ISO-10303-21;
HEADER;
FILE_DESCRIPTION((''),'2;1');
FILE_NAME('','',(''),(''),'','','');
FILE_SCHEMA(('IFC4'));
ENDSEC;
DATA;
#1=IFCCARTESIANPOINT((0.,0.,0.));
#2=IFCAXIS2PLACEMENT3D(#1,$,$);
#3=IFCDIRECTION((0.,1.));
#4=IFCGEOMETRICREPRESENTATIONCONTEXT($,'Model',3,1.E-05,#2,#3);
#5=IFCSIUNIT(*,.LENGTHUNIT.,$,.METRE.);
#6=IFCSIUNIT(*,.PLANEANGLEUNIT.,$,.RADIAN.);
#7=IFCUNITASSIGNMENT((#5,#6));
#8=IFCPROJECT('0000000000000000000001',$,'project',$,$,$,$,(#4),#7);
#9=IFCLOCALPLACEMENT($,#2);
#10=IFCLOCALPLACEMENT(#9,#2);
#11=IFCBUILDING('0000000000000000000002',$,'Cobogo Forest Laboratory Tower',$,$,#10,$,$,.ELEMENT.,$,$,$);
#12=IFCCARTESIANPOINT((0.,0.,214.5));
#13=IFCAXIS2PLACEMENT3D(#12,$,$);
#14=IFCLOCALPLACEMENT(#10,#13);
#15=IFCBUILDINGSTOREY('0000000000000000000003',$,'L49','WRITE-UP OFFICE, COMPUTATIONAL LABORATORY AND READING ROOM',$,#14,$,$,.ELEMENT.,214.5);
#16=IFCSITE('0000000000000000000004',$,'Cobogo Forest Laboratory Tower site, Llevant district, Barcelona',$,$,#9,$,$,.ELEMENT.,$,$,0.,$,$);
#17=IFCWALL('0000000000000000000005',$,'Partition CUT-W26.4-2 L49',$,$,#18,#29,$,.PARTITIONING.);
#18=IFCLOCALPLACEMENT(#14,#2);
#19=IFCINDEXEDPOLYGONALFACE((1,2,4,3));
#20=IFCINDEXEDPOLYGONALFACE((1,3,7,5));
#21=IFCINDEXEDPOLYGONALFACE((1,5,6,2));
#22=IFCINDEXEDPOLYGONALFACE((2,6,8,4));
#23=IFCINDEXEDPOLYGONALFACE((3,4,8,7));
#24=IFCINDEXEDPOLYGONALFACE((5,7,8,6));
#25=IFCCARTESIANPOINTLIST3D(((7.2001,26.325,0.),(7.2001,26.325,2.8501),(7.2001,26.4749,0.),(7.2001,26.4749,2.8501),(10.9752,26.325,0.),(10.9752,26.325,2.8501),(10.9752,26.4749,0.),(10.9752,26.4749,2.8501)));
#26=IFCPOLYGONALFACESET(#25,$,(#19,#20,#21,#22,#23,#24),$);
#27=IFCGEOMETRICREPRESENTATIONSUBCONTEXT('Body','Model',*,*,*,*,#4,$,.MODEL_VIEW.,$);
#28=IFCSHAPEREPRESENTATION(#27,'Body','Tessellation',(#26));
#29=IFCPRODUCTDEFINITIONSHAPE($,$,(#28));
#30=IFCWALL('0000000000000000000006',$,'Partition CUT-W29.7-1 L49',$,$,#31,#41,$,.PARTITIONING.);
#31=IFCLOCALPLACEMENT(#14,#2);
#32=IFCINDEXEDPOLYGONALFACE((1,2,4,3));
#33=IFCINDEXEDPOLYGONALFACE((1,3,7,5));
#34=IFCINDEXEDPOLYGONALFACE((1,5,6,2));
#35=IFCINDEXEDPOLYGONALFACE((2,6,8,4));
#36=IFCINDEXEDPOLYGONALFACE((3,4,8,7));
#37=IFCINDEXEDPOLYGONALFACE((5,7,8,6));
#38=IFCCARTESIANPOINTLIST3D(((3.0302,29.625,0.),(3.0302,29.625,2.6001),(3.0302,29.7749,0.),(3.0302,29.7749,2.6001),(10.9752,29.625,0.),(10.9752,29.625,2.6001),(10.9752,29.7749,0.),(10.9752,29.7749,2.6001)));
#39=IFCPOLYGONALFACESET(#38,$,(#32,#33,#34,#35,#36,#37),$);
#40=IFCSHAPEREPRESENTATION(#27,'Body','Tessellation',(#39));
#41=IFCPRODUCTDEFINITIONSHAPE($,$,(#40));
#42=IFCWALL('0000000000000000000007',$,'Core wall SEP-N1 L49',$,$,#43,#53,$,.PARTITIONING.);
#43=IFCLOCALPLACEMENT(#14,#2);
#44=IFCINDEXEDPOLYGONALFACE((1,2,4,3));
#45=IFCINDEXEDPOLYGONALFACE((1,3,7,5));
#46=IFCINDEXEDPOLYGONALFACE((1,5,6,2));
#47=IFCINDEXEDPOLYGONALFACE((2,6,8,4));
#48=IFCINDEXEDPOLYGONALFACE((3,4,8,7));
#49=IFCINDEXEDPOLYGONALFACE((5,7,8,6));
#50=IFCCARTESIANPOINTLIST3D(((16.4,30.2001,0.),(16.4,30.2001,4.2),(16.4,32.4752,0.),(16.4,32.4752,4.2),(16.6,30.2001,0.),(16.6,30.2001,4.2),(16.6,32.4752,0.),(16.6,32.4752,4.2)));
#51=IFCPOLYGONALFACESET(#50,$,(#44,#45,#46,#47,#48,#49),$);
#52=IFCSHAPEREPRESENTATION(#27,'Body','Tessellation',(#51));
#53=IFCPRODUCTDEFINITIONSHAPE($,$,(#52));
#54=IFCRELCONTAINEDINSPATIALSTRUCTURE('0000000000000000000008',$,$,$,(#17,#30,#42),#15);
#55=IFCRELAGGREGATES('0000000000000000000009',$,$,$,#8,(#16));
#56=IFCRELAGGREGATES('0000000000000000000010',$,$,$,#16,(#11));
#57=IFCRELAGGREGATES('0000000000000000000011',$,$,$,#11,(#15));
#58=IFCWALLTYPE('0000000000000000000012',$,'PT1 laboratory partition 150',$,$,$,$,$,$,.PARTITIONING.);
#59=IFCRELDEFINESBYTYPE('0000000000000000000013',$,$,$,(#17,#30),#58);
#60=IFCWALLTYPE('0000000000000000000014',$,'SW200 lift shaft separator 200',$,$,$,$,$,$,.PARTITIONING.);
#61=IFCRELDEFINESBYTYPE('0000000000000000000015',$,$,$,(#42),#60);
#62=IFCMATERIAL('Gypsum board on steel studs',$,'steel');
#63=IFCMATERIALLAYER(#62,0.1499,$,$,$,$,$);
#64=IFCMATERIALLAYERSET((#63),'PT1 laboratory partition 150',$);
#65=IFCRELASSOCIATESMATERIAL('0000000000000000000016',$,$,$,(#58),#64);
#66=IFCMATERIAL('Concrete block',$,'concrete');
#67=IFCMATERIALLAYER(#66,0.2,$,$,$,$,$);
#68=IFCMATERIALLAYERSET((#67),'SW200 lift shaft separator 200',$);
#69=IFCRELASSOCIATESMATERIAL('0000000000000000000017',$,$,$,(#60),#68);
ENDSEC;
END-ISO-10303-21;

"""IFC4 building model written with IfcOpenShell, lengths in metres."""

from ifc_helpers import new_model, si_unit, direction, frame, frame_2d, origin, place, context, subcontext, project, spatial, rectangle, extrude, material, layer, layer_set, type_object, element, save


model = new_model("IFC4")

# Units and contexts
model_context = context("Model", 3, precision=1e-05, world=origin(), true_north=direction((0.0, 1.0)))
body_context = subcontext(model_context, "Body", "Model", "MODEL_VIEW")
ifc_project = project(units=[si_unit("LENGTHUNIT", "METRE"), si_unit("PLANEANGLEUNIT", "RADIAN")], contexts=[model_context])

# Site, building, storey
site_placement = place(None, origin())
site = spatial("IfcSite", under=ifc_project, at=site_placement, Name="Cobogo Forest Laboratory Tower site, Llevant district, Barcelona", CompositionType="ELEMENT", RefElevation=0.0)
building_placement = place(site_placement, origin())
building = spatial("IfcBuilding", under=site, at=building_placement, Name="Cobogo Forest Laboratory Tower", CompositionType="ELEMENT")
storey_placement = place(building_placement, frame((0.0, 0.0, 214.5)))
storey = spatial("IfcBuildingStorey", under=building, at=storey_placement, Name="L49", Description="WRITE-UP OFFICE, COMPUTATIONAL LABORATORY AND READING ROOM", CompositionType="ELEMENT", Elevation=214.5)

# Walls
ifc_material_1 = material(Name="Gypsum board on steel studs", Category="steel")
ifc_layer_1 = layer(ifc_material_1, 0.1499)
ifc_layer_set_1 = layer_set([ifc_layer_1], Name="PT1 laboratory partition 150")
wall_type_1 = type_object("IfcWallType", Name="PT1 laboratory partition 150", PredefinedType="PARTITIONING", material=ifc_layer_set_1)
wall_1_placement = place(storey_placement, frame((7.2, 26.3999, 0.0), z_axis=(0.0, 0.0, 1.0), x_axis=(1.0, 0.0, 0.0)))
element("IfcWall", 1, at=wall_1_placement, inside=storey, type_object=wall_type_1, Name="Partition CUT-W26.4-2 L49", PredefinedType="PARTITIONING", context=body_context, shape_type="SweptSolid", body=[
    extrude(rectangle(XDim=3.7751, YDim=0.1499, at=frame_2d((1.8877, 0.0))), origin(), (0.0, 0.0, 1.0), 2.8501),
])
wall_2_placement = place(storey_placement, frame((3.03, 29.7, 0.0), z_axis=(0.0, 0.0, 1.0), x_axis=(1.0, 0.0, 0.0)))
element("IfcWall", 2, at=wall_2_placement, inside=storey, type_object=wall_type_1, Name="Partition CUT-W29.7-1 L49", PredefinedType="PARTITIONING", context=body_context, shape_type="SweptSolid", body=[
    extrude(rectangle(XDim=7.9451, YDim=0.1499, at=frame_2d((3.9727, 0.0))), origin(), (0.0, 0.0, 1.0), 2.6001),
])
ifc_material_2 = material(Name="Concrete block", Category="concrete")
ifc_layer_2 = layer(ifc_material_2, 0.2)
ifc_layer_set_2 = layer_set([ifc_layer_2], Name="SW200 lift shaft separator 200")
wall_type_2 = type_object("IfcWallType", Name="SW200 lift shaft separator 200", PredefinedType="PARTITIONING", material=ifc_layer_set_2)
wall_3_placement = place(storey_placement, frame((16.5, 30.2, 0.0), z_axis=(0.0, 0.0, 1.0), x_axis=(0.0, 1.0, 0.0)))
element("IfcWall", 3, at=wall_3_placement, inside=storey, type_object=wall_type_2, Name="Core wall SEP-N1 L49", PredefinedType="PARTITIONING", context=body_context, shape_type="SweptSolid", body=[
    extrude(rectangle(XDim=2.2751, YDim=0.2, at=frame_2d((1.1377, 0.0))), origin(), (0.0, 0.0, 1.0), 4.2),
])

save(model, "model.ifc")
